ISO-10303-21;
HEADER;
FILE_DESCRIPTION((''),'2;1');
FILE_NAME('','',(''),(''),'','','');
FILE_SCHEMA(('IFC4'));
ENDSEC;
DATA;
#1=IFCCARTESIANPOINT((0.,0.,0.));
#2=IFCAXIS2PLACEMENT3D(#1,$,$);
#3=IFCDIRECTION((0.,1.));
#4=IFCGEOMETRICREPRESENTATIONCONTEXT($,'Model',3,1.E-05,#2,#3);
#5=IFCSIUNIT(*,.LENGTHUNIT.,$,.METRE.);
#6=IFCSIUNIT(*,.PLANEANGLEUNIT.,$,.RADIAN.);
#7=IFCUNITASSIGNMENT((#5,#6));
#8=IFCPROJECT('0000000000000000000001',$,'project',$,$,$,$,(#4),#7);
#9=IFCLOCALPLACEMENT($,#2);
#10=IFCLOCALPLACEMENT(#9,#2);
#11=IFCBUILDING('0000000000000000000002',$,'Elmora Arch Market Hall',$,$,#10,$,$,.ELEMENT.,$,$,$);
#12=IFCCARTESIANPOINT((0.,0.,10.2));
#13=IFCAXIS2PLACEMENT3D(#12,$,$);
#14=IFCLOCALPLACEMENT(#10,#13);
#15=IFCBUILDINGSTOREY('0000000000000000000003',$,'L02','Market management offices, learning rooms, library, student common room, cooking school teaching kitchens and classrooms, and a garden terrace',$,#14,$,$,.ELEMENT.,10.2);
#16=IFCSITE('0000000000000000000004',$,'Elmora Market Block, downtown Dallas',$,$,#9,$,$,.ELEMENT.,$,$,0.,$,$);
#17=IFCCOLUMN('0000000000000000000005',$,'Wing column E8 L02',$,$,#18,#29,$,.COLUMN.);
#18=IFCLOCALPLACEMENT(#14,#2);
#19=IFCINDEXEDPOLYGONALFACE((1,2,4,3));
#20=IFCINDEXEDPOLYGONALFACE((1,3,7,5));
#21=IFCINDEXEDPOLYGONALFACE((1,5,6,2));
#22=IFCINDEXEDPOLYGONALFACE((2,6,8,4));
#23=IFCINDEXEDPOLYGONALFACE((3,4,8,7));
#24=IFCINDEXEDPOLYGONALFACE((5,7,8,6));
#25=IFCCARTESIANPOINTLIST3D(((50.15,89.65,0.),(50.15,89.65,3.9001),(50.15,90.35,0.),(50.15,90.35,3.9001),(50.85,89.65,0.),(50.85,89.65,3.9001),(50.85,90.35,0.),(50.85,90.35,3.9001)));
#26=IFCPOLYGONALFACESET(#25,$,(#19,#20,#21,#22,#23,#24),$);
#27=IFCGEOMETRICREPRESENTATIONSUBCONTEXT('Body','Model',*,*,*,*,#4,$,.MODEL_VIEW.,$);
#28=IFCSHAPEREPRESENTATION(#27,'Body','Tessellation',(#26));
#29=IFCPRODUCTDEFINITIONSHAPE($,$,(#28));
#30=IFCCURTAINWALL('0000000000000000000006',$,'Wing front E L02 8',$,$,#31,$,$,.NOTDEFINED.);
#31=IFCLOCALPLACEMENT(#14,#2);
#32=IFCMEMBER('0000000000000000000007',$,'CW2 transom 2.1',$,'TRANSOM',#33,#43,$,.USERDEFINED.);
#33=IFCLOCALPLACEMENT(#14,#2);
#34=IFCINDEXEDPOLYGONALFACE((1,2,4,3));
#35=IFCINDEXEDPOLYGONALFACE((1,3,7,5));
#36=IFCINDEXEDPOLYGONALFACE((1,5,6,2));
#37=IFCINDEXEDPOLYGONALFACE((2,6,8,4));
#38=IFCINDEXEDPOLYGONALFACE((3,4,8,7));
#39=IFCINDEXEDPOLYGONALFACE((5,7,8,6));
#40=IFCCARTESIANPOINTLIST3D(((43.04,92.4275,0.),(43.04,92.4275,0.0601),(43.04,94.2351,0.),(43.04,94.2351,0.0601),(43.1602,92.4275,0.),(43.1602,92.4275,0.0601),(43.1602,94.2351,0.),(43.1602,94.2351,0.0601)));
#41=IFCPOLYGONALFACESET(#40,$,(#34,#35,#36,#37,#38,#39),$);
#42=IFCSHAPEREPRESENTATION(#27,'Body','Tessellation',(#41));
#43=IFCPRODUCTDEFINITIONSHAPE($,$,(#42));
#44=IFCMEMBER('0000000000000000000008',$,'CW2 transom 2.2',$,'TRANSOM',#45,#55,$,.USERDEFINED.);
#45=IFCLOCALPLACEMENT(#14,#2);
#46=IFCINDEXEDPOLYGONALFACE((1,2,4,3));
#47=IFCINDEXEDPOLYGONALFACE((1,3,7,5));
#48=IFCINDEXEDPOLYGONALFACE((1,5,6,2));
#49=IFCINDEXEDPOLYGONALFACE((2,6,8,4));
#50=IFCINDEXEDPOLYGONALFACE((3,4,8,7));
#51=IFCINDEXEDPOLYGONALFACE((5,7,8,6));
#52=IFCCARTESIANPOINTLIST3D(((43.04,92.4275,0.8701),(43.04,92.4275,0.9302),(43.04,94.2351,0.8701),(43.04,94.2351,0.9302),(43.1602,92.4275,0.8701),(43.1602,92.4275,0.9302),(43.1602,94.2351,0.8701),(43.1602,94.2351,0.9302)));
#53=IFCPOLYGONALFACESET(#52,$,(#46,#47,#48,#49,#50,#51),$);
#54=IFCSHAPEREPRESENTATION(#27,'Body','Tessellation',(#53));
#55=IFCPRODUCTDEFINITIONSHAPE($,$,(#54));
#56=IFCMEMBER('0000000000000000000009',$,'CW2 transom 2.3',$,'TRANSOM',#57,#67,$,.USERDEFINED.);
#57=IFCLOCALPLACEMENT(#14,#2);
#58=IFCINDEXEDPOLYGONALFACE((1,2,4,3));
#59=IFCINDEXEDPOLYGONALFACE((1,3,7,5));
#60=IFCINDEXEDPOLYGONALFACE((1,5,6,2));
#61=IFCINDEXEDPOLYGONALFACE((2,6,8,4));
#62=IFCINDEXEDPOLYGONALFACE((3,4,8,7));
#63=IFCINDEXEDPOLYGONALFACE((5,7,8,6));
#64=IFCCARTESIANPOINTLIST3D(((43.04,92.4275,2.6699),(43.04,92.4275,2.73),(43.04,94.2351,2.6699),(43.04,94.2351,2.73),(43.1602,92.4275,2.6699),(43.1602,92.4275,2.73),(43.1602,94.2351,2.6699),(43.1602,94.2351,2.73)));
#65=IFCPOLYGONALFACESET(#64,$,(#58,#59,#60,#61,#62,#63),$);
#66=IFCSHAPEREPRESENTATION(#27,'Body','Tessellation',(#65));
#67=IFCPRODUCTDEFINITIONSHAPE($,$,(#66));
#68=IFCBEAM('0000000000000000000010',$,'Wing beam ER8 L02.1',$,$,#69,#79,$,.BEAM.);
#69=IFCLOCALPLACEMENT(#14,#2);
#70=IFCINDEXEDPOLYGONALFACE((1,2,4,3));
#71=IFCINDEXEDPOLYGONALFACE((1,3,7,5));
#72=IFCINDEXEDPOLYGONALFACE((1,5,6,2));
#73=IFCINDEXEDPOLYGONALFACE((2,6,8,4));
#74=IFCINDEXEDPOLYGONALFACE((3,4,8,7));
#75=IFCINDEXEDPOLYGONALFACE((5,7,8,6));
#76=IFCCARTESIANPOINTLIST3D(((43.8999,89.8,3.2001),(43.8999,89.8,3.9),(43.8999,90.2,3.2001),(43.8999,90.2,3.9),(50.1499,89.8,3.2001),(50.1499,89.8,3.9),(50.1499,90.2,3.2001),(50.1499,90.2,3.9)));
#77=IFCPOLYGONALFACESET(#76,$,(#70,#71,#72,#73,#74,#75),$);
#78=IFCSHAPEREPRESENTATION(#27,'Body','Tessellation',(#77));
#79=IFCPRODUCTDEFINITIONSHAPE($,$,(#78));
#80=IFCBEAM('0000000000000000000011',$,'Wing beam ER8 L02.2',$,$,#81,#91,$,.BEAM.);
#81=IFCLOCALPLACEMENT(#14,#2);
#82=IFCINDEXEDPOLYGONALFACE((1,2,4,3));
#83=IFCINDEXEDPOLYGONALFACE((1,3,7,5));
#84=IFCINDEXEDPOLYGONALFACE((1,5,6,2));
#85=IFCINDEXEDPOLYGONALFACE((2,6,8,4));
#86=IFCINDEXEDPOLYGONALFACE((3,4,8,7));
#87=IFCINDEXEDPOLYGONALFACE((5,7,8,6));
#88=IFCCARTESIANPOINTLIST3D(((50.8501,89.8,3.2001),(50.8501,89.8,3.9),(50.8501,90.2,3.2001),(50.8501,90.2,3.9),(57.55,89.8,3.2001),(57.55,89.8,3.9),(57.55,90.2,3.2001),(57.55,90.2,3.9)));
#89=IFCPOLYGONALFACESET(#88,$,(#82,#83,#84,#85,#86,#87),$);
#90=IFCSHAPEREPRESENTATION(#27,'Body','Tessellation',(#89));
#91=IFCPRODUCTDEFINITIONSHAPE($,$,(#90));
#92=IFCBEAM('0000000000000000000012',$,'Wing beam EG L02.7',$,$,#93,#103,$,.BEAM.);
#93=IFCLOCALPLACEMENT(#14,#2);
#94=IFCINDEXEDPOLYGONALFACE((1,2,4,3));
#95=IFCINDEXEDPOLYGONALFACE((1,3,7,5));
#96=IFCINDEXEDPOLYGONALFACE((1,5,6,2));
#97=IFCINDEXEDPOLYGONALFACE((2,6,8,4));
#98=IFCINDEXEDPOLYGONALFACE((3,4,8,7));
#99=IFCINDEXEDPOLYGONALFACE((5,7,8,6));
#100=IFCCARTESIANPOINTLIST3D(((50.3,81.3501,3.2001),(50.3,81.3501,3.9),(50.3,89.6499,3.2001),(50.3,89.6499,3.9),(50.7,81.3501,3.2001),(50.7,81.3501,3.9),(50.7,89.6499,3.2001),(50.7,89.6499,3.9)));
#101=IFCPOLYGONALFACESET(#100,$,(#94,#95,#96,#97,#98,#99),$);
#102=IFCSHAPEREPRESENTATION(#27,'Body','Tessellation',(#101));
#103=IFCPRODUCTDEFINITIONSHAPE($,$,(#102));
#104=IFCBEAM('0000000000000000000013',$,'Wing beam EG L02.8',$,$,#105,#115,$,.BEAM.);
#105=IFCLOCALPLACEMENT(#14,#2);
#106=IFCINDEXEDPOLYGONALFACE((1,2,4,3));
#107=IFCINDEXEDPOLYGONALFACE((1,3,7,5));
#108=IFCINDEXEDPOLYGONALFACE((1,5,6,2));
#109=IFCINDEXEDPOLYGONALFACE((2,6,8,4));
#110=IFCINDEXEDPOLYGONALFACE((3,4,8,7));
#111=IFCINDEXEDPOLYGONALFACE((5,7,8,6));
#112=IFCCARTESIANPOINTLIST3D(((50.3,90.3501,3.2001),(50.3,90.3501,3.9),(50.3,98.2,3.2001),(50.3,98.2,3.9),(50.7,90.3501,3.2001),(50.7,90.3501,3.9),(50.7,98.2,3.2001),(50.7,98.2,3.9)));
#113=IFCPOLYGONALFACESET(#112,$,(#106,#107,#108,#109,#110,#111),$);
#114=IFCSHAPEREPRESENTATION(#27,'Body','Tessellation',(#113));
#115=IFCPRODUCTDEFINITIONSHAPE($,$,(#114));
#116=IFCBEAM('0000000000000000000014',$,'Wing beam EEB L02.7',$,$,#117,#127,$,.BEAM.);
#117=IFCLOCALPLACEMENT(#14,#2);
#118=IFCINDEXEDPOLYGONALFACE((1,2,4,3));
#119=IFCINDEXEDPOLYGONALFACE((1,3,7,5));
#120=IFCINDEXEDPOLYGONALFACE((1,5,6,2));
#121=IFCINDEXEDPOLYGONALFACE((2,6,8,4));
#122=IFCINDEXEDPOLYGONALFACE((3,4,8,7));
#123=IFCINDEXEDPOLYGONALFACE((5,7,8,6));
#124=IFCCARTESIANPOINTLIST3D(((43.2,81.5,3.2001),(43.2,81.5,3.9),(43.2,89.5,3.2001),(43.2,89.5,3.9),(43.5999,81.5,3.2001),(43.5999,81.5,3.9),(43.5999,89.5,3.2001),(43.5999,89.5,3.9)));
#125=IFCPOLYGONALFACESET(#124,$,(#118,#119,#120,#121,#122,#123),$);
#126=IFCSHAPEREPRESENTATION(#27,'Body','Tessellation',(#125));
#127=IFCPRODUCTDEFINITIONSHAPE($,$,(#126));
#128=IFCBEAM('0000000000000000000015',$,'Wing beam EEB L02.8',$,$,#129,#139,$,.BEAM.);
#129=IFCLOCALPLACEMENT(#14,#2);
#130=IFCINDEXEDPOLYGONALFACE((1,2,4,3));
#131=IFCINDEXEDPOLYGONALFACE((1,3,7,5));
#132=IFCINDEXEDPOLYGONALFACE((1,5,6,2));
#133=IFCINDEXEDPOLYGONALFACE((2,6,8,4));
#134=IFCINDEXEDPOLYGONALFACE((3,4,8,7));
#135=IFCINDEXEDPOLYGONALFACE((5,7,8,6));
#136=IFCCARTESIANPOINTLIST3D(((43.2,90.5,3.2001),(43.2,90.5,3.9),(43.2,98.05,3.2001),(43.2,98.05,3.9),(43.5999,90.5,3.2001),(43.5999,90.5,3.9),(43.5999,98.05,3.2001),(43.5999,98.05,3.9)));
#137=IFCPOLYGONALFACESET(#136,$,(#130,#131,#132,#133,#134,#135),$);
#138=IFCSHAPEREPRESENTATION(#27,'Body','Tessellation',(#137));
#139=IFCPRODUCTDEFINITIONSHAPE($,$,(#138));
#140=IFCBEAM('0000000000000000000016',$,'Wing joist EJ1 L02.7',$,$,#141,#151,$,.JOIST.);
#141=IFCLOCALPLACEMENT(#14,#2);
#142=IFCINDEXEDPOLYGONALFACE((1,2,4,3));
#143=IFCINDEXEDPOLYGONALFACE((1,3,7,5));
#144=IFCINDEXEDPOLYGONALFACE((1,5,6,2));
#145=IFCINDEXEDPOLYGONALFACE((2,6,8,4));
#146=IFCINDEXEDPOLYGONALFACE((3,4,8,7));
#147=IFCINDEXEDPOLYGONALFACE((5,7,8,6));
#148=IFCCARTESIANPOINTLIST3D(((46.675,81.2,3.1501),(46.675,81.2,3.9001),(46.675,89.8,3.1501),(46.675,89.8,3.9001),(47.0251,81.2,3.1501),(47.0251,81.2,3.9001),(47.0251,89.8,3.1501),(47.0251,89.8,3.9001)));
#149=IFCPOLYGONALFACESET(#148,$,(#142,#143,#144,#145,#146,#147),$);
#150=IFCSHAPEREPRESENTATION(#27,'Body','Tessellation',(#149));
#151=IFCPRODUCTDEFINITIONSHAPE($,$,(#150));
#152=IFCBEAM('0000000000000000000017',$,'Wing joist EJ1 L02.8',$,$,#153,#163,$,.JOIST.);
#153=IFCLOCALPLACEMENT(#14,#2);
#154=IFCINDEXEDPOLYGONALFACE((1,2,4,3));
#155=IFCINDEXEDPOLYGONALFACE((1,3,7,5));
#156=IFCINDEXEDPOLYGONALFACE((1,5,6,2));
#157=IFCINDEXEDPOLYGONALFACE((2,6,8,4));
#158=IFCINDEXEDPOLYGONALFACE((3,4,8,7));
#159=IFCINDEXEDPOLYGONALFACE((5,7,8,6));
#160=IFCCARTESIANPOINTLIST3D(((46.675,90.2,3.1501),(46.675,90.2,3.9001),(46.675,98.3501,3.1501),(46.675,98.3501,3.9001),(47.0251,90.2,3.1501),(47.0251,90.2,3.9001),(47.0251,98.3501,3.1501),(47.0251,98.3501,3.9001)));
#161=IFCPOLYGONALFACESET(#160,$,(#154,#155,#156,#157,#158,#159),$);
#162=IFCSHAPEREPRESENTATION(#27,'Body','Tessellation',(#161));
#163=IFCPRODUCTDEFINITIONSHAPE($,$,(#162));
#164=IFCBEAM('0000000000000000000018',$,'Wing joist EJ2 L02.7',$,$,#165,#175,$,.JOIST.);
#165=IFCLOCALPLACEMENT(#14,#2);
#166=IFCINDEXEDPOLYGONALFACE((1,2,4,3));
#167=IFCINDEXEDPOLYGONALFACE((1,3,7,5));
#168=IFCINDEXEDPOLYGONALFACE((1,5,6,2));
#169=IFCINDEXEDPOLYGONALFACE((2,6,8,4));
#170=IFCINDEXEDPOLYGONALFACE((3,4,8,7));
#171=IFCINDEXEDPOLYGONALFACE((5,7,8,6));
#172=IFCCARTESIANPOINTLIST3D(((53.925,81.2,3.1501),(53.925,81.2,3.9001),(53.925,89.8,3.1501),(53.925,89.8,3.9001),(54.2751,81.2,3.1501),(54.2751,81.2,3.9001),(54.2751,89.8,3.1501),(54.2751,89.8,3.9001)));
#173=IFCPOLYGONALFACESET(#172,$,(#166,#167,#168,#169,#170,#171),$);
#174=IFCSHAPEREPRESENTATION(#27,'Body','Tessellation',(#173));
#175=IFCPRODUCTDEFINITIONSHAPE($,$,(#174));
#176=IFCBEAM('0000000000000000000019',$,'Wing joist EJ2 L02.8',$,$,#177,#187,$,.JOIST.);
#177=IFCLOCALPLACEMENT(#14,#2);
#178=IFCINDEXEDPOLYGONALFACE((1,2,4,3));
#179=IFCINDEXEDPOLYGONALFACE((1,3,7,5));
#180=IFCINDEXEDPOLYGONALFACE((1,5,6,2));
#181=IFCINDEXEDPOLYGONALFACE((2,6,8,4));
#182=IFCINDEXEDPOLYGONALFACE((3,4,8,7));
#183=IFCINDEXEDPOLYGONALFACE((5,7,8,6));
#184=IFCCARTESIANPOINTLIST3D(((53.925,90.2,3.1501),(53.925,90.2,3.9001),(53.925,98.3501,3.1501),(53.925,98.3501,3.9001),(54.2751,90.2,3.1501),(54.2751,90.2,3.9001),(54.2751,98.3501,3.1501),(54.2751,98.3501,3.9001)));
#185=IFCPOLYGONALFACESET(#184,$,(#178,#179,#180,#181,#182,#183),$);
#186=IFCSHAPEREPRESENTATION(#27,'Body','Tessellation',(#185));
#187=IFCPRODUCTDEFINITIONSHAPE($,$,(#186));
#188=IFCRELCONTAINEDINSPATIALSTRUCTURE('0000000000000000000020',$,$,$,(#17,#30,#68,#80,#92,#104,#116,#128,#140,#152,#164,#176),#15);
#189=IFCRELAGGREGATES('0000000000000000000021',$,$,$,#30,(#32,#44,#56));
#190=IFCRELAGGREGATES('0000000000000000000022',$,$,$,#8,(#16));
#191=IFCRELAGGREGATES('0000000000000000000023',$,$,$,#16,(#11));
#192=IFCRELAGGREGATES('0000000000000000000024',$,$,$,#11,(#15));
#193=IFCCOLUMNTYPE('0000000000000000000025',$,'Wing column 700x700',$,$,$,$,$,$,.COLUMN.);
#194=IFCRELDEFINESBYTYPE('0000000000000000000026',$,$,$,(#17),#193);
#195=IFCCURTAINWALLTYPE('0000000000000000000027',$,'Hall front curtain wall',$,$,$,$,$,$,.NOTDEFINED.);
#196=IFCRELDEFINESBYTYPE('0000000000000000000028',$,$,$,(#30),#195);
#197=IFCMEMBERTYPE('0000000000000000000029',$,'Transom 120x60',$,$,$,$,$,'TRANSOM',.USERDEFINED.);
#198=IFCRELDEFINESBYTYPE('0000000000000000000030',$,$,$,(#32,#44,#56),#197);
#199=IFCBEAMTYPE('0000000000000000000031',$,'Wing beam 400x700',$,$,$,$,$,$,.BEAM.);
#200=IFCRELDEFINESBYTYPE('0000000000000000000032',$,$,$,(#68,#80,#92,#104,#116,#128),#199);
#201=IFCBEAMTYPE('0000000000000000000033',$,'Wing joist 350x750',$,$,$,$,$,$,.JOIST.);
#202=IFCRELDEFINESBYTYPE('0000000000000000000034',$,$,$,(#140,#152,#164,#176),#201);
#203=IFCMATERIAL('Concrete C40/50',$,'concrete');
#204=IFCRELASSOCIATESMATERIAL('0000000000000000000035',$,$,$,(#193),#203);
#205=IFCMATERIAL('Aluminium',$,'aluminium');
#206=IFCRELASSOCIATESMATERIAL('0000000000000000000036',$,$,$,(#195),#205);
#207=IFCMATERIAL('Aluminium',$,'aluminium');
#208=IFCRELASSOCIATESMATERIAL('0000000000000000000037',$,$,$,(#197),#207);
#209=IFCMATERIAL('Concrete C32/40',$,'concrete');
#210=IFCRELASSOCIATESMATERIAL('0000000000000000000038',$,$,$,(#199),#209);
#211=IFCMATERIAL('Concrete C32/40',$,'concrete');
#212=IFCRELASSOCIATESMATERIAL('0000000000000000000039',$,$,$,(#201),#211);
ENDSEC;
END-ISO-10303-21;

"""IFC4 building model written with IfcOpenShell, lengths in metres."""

from ifc_helpers import new_model, si_unit, direction, frame, origin, origin_2d, place, context, subcontext, project, spatial, rectangle, extrude, material, material_profile, profile_set, type_object, element, aggregate, save


model = new_model("IFC4")

# Units and contexts
model_context = context("Model", 3, precision=1e-05, world=origin(), true_north=direction((0.0, 1.0)))
body_context = subcontext(model_context, "Body", "Model", "MODEL_VIEW")
ifc_project = project(units=[si_unit("LENGTHUNIT", "METRE"), si_unit("PLANEANGLEUNIT", "RADIAN")], contexts=[model_context])

# Site, building, storey
site_placement = place(None, origin())
site = spatial("IfcSite", under=ifc_project, at=site_placement, Name="Elmora Market Block, downtown Dallas", CompositionType="ELEMENT", RefElevation=0.0)
building_placement = place(site_placement, origin())
building = spatial("IfcBuilding", under=site, at=building_placement, Name="Elmora Arch Market Hall", CompositionType="ELEMENT")
storey_placement = place(building_placement, frame((0.0, 0.0, 10.2)))
storey = spatial("IfcBuildingStorey", under=building, at=storey_placement, Name="L02", Description="Market management offices, learning rooms, library, student common room, cooking school teaching kitchens and classrooms, and a garden terrace", CompositionType="ELEMENT", Elevation=10.2)

# Column
ifc_material_1 = material(Name="Concrete C40/50", Category="concrete")
ifc_material_profile_1 = material_profile(ifc_material_1, rectangle(XDim=0.7, YDim=0.7, at=origin_2d()), Name="Wing column 700x700")
ifc_profile_set_1 = profile_set([ifc_material_profile_1], Name="Concrete C40/50")
column_type = type_object("IfcColumnType", Name="Wing column 700x700", PredefinedType="COLUMN", material=ifc_profile_set_1)
column_placement = place(storey_placement, frame((50.5, 90.0, 0.0), z_axis=(0.0, 0.0, 1.0), x_axis=(1.0, 0.0, 0.0)))
element("IfcColumn", 1, at=column_placement, inside=storey, type_object=column_type, Name="Wing column E8 L02", PredefinedType="COLUMN", context=body_context, shape_type="SweptSolid", body=[
    extrude(rectangle(XDim=0.7, YDim=0.7, at=origin_2d()), origin(), (0.0, 0.0, 1.0), 3.9001),
])

# Curtain wall, members
ifc_material_2 = material(Name="Aluminium", Category="aluminium")
curtain_wall_type = type_object("IfcCurtainWallType", Name="Hall front curtain wall", PredefinedType="NOTDEFINED", material=ifc_material_2)
curtain_wall_placement = place(storey_placement, origin())
curtain_wall = element("IfcCurtainWall", 2, at=curtain_wall_placement, inside=storey, type_object=curtain_wall_type, Name="Wing front E L02 8", PredefinedType="NOTDEFINED")
ifc_material_3 = material(Name="Aluminium", Category="aluminium")
ifc_material_profile_2 = material_profile(ifc_material_3, rectangle(XDim=0.1201, YDim=0.0601, at=origin_2d()), Name="AL 120x60")
ifc_profile_set_2 = profile_set([ifc_material_profile_2], Name="Aluminium")
member_type = type_object("IfcMemberType", Name="Transom 120x60", ElementType="TRANSOM", PredefinedType="USERDEFINED", material=ifc_profile_set_2)
member_1_placement = place(storey_placement, frame((43.1001, 92.4275, 0.03), z_axis=(0.0, 1.0, 0.0), x_axis=(-1.0, 0.0, 0.0)))
member_1 = element("IfcMember", 3, at=member_1_placement, type_object=member_type, Name="CW2 transom 2.1", ObjectType="TRANSOM", PredefinedType="USERDEFINED", context=body_context, shape_type="SweptSolid", body=[
    extrude(rectangle(XDim=0.1201, YDim=0.0601, at=origin_2d()), origin(), (0.0, 0.0, 1.0), 1.8076),
])
member_2_placement = place(storey_placement, frame((43.1001, 92.4275, 0.9001), z_axis=(0.0, 1.0, 0.0), x_axis=(-1.0, 0.0, 0.0)))
member_2 = element("IfcMember", 4, at=member_2_placement, type_object=member_type, Name="CW2 transom 2.2", ObjectType="TRANSOM", PredefinedType="USERDEFINED", context=body_context, shape_type="SweptSolid", body=[
    extrude(rectangle(XDim=0.1201, YDim=0.0601, at=origin_2d()), origin(), (0.0, 0.0, 1.0), 1.8076),
])
member_3_placement = place(storey_placement, frame((43.1001, 92.4275, 2.7), z_axis=(0.0, 1.0, 0.0), x_axis=(-1.0, 0.0, 0.0)))
member_3 = element("IfcMember", 5, at=member_3_placement, type_object=member_type, Name="CW2 transom 2.3", ObjectType="TRANSOM", PredefinedType="USERDEFINED", context=body_context, shape_type="SweptSolid", body=[
    extrude(rectangle(XDim=0.1201, YDim=0.0601, at=origin_2d()), origin(), (0.0, 0.0, 1.0), 1.8076),
])
aggregate(curtain_wall, [member_1, member_2, member_3])

# Beams
ifc_material_4 = material(Name="Concrete C32/40", Category="concrete")
ifc_material_profile_3 = material_profile(ifc_material_4, rectangle(XDim=0.3999, YDim=0.7, at=origin_2d()), Name="Wing beam 400x700")
ifc_profile_set_3 = profile_set([ifc_material_profile_3], Name="Concrete C32/40")
beam_type_1 = type_object("IfcBeamType", Name="Wing beam 400x700", PredefinedType="BEAM", material=ifc_profile_set_3)
beam_1_placement = place(storey_placement, frame((43.8999, 90.0, 3.55), z_axis=(1.0, 0.0, 0.0), x_axis=(0.0, 1.0, 0.0)))
element("IfcBeam", 6, at=beam_1_placement, inside=storey, type_object=beam_type_1, Name="Wing beam ER8 L02.1", PredefinedType="BEAM", context=body_context, shape_type="SweptSolid", body=[
    extrude(rectangle(XDim=0.3999, YDim=0.7, at=origin_2d()), origin(), (0.0, 0.0, 1.0), 6.25),
])
beam_2_placement = place(storey_placement, frame((50.8501, 90.0, 3.55), z_axis=(1.0, 0.0, 0.0), x_axis=(0.0, 1.0, 0.0)))
element("IfcBeam", 7, at=beam_2_placement, inside=storey, type_object=beam_type_1, Name="Wing beam ER8 L02.2", PredefinedType="BEAM", context=body_context, shape_type="SweptSolid", body=[
    extrude(rectangle(XDim=0.3999, YDim=0.7, at=origin_2d()), origin(), (0.0, 0.0, 1.0), 6.7),
])
beam_3_placement = place(storey_placement, frame((50.5, 81.3501, 3.55), z_axis=(0.0, 1.0, 0.0), x_axis=(-1.0, 0.0, 0.0)))
element("IfcBeam", 8, at=beam_3_placement, inside=storey, type_object=beam_type_1, Name="Wing beam EG L02.7", PredefinedType="BEAM", context=body_context, shape_type="SweptSolid", body=[
    extrude(rectangle(XDim=0.3999, YDim=0.7, at=origin_2d()), origin(), (0.0, 0.0, 1.0), 8.2998),
])
beam_4_placement = place(storey_placement, frame((50.5, 90.3501, 3.55), z_axis=(0.0, 1.0, 0.0), x_axis=(-1.0, 0.0, 0.0)))
element("IfcBeam", 9, at=beam_4_placement, inside=storey, type_object=beam_type_1, Name="Wing beam EG L02.8", PredefinedType="BEAM", context=body_context, shape_type="SweptSolid", body=[
    extrude(rectangle(XDim=0.3999, YDim=0.7, at=origin_2d()), origin(), (0.0, 0.0, 1.0), 7.8499),
])
beam_5_placement = place(storey_placement, frame((43.3999, 81.5, 3.55), z_axis=(0.0, 1.0, 0.0), x_axis=(-1.0, 0.0, 0.0)))
element("IfcBeam", 10, at=beam_5_placement, inside=storey, type_object=beam_type_1, Name="Wing beam EEB L02.7", PredefinedType="BEAM", context=body_context, shape_type="SweptSolid", body=[
    extrude(rectangle(XDim=0.3999, YDim=0.7, at=origin_2d()), origin(), (0.0, 0.0, 1.0), 8.0),
])
beam_6_placement = place(storey_placement, frame((43.3999, 90.5, 3.55), z_axis=(0.0, 1.0, 0.0), x_axis=(-1.0, 0.0, 0.0)))
element("IfcBeam", 11, at=beam_6_placement, inside=storey, type_object=beam_type_1, Name="Wing beam EEB L02.8", PredefinedType="BEAM", context=body_context, shape_type="SweptSolid", body=[
    extrude(rectangle(XDim=0.3999, YDim=0.7, at=origin_2d()), origin(), (0.0, 0.0, 1.0), 7.55),
])
ifc_material_5 = material(Name="Concrete C32/40", Category="concrete")
ifc_material_profile_4 = material_profile(ifc_material_5, rectangle(XDim=0.3501, YDim=0.75, at=origin_2d()), Name="Wing joist 350x750")
ifc_profile_set_4 = profile_set([ifc_material_profile_4], Name="Concrete C32/40")
beam_type_2 = type_object("IfcBeamType", Name="Wing joist 350x750", PredefinedType="JOIST", material=ifc_profile_set_4)
beam_7_placement = place(storey_placement, frame((46.8501, 81.2, 3.5251), z_axis=(0.0, 1.0, 0.0), x_axis=(-1.0, 0.0, 0.0)))
element("IfcBeam", 12, at=beam_7_placement, inside=storey, type_object=beam_type_2, Name="Wing joist EJ1 L02.7", PredefinedType="JOIST", context=body_context, shape_type="SweptSolid", body=[
    extrude(rectangle(XDim=0.3501, YDim=0.75, at=origin_2d()), origin(), (0.0, 0.0, 1.0), 8.6001),
])
beam_8_placement = place(storey_placement, frame((46.8501, 90.2, 3.5251), z_axis=(0.0, 1.0, 0.0), x_axis=(-1.0, 0.0, 0.0)))
element("IfcBeam", 13, at=beam_8_placement, inside=storey, type_object=beam_type_2, Name="Wing joist EJ1 L02.8", PredefinedType="JOIST", context=body_context, shape_type="SweptSolid", body=[
    extrude(rectangle(XDim=0.3501, YDim=0.75, at=origin_2d()), origin(), (0.0, 0.0, 1.0), 8.1501),
])
beam_9_placement = place(storey_placement, frame((54.1001, 81.2, 3.5251), z_axis=(0.0, 1.0, 0.0), x_axis=(-1.0, 0.0, 0.0)))
element("IfcBeam", 14, at=beam_9_placement, inside=storey, type_object=beam_type_2, Name="Wing joist EJ2 L02.7", PredefinedType="JOIST", context=body_context, shape_type="SweptSolid", body=[
    extrude(rectangle(XDim=0.3501, YDim=0.75, at=origin_2d()), origin(), (0.0, 0.0, 1.0), 8.6001),
])
beam_10_placement = place(storey_placement, frame((54.1001, 90.2, 3.5251), z_axis=(0.0, 1.0, 0.0), x_axis=(-1.0, 0.0, 0.0)))
element("IfcBeam", 15, at=beam_10_placement, inside=storey, type_object=beam_type_2, Name="Wing joist EJ2 L02.8", PredefinedType="JOIST", context=body_context, shape_type="SweptSolid", body=[
    extrude(rectangle(XDim=0.3501, YDim=0.75, at=origin_2d()), origin(), (0.0, 0.0, 1.0), 8.1501),
])

save(model, "model.ifc")
